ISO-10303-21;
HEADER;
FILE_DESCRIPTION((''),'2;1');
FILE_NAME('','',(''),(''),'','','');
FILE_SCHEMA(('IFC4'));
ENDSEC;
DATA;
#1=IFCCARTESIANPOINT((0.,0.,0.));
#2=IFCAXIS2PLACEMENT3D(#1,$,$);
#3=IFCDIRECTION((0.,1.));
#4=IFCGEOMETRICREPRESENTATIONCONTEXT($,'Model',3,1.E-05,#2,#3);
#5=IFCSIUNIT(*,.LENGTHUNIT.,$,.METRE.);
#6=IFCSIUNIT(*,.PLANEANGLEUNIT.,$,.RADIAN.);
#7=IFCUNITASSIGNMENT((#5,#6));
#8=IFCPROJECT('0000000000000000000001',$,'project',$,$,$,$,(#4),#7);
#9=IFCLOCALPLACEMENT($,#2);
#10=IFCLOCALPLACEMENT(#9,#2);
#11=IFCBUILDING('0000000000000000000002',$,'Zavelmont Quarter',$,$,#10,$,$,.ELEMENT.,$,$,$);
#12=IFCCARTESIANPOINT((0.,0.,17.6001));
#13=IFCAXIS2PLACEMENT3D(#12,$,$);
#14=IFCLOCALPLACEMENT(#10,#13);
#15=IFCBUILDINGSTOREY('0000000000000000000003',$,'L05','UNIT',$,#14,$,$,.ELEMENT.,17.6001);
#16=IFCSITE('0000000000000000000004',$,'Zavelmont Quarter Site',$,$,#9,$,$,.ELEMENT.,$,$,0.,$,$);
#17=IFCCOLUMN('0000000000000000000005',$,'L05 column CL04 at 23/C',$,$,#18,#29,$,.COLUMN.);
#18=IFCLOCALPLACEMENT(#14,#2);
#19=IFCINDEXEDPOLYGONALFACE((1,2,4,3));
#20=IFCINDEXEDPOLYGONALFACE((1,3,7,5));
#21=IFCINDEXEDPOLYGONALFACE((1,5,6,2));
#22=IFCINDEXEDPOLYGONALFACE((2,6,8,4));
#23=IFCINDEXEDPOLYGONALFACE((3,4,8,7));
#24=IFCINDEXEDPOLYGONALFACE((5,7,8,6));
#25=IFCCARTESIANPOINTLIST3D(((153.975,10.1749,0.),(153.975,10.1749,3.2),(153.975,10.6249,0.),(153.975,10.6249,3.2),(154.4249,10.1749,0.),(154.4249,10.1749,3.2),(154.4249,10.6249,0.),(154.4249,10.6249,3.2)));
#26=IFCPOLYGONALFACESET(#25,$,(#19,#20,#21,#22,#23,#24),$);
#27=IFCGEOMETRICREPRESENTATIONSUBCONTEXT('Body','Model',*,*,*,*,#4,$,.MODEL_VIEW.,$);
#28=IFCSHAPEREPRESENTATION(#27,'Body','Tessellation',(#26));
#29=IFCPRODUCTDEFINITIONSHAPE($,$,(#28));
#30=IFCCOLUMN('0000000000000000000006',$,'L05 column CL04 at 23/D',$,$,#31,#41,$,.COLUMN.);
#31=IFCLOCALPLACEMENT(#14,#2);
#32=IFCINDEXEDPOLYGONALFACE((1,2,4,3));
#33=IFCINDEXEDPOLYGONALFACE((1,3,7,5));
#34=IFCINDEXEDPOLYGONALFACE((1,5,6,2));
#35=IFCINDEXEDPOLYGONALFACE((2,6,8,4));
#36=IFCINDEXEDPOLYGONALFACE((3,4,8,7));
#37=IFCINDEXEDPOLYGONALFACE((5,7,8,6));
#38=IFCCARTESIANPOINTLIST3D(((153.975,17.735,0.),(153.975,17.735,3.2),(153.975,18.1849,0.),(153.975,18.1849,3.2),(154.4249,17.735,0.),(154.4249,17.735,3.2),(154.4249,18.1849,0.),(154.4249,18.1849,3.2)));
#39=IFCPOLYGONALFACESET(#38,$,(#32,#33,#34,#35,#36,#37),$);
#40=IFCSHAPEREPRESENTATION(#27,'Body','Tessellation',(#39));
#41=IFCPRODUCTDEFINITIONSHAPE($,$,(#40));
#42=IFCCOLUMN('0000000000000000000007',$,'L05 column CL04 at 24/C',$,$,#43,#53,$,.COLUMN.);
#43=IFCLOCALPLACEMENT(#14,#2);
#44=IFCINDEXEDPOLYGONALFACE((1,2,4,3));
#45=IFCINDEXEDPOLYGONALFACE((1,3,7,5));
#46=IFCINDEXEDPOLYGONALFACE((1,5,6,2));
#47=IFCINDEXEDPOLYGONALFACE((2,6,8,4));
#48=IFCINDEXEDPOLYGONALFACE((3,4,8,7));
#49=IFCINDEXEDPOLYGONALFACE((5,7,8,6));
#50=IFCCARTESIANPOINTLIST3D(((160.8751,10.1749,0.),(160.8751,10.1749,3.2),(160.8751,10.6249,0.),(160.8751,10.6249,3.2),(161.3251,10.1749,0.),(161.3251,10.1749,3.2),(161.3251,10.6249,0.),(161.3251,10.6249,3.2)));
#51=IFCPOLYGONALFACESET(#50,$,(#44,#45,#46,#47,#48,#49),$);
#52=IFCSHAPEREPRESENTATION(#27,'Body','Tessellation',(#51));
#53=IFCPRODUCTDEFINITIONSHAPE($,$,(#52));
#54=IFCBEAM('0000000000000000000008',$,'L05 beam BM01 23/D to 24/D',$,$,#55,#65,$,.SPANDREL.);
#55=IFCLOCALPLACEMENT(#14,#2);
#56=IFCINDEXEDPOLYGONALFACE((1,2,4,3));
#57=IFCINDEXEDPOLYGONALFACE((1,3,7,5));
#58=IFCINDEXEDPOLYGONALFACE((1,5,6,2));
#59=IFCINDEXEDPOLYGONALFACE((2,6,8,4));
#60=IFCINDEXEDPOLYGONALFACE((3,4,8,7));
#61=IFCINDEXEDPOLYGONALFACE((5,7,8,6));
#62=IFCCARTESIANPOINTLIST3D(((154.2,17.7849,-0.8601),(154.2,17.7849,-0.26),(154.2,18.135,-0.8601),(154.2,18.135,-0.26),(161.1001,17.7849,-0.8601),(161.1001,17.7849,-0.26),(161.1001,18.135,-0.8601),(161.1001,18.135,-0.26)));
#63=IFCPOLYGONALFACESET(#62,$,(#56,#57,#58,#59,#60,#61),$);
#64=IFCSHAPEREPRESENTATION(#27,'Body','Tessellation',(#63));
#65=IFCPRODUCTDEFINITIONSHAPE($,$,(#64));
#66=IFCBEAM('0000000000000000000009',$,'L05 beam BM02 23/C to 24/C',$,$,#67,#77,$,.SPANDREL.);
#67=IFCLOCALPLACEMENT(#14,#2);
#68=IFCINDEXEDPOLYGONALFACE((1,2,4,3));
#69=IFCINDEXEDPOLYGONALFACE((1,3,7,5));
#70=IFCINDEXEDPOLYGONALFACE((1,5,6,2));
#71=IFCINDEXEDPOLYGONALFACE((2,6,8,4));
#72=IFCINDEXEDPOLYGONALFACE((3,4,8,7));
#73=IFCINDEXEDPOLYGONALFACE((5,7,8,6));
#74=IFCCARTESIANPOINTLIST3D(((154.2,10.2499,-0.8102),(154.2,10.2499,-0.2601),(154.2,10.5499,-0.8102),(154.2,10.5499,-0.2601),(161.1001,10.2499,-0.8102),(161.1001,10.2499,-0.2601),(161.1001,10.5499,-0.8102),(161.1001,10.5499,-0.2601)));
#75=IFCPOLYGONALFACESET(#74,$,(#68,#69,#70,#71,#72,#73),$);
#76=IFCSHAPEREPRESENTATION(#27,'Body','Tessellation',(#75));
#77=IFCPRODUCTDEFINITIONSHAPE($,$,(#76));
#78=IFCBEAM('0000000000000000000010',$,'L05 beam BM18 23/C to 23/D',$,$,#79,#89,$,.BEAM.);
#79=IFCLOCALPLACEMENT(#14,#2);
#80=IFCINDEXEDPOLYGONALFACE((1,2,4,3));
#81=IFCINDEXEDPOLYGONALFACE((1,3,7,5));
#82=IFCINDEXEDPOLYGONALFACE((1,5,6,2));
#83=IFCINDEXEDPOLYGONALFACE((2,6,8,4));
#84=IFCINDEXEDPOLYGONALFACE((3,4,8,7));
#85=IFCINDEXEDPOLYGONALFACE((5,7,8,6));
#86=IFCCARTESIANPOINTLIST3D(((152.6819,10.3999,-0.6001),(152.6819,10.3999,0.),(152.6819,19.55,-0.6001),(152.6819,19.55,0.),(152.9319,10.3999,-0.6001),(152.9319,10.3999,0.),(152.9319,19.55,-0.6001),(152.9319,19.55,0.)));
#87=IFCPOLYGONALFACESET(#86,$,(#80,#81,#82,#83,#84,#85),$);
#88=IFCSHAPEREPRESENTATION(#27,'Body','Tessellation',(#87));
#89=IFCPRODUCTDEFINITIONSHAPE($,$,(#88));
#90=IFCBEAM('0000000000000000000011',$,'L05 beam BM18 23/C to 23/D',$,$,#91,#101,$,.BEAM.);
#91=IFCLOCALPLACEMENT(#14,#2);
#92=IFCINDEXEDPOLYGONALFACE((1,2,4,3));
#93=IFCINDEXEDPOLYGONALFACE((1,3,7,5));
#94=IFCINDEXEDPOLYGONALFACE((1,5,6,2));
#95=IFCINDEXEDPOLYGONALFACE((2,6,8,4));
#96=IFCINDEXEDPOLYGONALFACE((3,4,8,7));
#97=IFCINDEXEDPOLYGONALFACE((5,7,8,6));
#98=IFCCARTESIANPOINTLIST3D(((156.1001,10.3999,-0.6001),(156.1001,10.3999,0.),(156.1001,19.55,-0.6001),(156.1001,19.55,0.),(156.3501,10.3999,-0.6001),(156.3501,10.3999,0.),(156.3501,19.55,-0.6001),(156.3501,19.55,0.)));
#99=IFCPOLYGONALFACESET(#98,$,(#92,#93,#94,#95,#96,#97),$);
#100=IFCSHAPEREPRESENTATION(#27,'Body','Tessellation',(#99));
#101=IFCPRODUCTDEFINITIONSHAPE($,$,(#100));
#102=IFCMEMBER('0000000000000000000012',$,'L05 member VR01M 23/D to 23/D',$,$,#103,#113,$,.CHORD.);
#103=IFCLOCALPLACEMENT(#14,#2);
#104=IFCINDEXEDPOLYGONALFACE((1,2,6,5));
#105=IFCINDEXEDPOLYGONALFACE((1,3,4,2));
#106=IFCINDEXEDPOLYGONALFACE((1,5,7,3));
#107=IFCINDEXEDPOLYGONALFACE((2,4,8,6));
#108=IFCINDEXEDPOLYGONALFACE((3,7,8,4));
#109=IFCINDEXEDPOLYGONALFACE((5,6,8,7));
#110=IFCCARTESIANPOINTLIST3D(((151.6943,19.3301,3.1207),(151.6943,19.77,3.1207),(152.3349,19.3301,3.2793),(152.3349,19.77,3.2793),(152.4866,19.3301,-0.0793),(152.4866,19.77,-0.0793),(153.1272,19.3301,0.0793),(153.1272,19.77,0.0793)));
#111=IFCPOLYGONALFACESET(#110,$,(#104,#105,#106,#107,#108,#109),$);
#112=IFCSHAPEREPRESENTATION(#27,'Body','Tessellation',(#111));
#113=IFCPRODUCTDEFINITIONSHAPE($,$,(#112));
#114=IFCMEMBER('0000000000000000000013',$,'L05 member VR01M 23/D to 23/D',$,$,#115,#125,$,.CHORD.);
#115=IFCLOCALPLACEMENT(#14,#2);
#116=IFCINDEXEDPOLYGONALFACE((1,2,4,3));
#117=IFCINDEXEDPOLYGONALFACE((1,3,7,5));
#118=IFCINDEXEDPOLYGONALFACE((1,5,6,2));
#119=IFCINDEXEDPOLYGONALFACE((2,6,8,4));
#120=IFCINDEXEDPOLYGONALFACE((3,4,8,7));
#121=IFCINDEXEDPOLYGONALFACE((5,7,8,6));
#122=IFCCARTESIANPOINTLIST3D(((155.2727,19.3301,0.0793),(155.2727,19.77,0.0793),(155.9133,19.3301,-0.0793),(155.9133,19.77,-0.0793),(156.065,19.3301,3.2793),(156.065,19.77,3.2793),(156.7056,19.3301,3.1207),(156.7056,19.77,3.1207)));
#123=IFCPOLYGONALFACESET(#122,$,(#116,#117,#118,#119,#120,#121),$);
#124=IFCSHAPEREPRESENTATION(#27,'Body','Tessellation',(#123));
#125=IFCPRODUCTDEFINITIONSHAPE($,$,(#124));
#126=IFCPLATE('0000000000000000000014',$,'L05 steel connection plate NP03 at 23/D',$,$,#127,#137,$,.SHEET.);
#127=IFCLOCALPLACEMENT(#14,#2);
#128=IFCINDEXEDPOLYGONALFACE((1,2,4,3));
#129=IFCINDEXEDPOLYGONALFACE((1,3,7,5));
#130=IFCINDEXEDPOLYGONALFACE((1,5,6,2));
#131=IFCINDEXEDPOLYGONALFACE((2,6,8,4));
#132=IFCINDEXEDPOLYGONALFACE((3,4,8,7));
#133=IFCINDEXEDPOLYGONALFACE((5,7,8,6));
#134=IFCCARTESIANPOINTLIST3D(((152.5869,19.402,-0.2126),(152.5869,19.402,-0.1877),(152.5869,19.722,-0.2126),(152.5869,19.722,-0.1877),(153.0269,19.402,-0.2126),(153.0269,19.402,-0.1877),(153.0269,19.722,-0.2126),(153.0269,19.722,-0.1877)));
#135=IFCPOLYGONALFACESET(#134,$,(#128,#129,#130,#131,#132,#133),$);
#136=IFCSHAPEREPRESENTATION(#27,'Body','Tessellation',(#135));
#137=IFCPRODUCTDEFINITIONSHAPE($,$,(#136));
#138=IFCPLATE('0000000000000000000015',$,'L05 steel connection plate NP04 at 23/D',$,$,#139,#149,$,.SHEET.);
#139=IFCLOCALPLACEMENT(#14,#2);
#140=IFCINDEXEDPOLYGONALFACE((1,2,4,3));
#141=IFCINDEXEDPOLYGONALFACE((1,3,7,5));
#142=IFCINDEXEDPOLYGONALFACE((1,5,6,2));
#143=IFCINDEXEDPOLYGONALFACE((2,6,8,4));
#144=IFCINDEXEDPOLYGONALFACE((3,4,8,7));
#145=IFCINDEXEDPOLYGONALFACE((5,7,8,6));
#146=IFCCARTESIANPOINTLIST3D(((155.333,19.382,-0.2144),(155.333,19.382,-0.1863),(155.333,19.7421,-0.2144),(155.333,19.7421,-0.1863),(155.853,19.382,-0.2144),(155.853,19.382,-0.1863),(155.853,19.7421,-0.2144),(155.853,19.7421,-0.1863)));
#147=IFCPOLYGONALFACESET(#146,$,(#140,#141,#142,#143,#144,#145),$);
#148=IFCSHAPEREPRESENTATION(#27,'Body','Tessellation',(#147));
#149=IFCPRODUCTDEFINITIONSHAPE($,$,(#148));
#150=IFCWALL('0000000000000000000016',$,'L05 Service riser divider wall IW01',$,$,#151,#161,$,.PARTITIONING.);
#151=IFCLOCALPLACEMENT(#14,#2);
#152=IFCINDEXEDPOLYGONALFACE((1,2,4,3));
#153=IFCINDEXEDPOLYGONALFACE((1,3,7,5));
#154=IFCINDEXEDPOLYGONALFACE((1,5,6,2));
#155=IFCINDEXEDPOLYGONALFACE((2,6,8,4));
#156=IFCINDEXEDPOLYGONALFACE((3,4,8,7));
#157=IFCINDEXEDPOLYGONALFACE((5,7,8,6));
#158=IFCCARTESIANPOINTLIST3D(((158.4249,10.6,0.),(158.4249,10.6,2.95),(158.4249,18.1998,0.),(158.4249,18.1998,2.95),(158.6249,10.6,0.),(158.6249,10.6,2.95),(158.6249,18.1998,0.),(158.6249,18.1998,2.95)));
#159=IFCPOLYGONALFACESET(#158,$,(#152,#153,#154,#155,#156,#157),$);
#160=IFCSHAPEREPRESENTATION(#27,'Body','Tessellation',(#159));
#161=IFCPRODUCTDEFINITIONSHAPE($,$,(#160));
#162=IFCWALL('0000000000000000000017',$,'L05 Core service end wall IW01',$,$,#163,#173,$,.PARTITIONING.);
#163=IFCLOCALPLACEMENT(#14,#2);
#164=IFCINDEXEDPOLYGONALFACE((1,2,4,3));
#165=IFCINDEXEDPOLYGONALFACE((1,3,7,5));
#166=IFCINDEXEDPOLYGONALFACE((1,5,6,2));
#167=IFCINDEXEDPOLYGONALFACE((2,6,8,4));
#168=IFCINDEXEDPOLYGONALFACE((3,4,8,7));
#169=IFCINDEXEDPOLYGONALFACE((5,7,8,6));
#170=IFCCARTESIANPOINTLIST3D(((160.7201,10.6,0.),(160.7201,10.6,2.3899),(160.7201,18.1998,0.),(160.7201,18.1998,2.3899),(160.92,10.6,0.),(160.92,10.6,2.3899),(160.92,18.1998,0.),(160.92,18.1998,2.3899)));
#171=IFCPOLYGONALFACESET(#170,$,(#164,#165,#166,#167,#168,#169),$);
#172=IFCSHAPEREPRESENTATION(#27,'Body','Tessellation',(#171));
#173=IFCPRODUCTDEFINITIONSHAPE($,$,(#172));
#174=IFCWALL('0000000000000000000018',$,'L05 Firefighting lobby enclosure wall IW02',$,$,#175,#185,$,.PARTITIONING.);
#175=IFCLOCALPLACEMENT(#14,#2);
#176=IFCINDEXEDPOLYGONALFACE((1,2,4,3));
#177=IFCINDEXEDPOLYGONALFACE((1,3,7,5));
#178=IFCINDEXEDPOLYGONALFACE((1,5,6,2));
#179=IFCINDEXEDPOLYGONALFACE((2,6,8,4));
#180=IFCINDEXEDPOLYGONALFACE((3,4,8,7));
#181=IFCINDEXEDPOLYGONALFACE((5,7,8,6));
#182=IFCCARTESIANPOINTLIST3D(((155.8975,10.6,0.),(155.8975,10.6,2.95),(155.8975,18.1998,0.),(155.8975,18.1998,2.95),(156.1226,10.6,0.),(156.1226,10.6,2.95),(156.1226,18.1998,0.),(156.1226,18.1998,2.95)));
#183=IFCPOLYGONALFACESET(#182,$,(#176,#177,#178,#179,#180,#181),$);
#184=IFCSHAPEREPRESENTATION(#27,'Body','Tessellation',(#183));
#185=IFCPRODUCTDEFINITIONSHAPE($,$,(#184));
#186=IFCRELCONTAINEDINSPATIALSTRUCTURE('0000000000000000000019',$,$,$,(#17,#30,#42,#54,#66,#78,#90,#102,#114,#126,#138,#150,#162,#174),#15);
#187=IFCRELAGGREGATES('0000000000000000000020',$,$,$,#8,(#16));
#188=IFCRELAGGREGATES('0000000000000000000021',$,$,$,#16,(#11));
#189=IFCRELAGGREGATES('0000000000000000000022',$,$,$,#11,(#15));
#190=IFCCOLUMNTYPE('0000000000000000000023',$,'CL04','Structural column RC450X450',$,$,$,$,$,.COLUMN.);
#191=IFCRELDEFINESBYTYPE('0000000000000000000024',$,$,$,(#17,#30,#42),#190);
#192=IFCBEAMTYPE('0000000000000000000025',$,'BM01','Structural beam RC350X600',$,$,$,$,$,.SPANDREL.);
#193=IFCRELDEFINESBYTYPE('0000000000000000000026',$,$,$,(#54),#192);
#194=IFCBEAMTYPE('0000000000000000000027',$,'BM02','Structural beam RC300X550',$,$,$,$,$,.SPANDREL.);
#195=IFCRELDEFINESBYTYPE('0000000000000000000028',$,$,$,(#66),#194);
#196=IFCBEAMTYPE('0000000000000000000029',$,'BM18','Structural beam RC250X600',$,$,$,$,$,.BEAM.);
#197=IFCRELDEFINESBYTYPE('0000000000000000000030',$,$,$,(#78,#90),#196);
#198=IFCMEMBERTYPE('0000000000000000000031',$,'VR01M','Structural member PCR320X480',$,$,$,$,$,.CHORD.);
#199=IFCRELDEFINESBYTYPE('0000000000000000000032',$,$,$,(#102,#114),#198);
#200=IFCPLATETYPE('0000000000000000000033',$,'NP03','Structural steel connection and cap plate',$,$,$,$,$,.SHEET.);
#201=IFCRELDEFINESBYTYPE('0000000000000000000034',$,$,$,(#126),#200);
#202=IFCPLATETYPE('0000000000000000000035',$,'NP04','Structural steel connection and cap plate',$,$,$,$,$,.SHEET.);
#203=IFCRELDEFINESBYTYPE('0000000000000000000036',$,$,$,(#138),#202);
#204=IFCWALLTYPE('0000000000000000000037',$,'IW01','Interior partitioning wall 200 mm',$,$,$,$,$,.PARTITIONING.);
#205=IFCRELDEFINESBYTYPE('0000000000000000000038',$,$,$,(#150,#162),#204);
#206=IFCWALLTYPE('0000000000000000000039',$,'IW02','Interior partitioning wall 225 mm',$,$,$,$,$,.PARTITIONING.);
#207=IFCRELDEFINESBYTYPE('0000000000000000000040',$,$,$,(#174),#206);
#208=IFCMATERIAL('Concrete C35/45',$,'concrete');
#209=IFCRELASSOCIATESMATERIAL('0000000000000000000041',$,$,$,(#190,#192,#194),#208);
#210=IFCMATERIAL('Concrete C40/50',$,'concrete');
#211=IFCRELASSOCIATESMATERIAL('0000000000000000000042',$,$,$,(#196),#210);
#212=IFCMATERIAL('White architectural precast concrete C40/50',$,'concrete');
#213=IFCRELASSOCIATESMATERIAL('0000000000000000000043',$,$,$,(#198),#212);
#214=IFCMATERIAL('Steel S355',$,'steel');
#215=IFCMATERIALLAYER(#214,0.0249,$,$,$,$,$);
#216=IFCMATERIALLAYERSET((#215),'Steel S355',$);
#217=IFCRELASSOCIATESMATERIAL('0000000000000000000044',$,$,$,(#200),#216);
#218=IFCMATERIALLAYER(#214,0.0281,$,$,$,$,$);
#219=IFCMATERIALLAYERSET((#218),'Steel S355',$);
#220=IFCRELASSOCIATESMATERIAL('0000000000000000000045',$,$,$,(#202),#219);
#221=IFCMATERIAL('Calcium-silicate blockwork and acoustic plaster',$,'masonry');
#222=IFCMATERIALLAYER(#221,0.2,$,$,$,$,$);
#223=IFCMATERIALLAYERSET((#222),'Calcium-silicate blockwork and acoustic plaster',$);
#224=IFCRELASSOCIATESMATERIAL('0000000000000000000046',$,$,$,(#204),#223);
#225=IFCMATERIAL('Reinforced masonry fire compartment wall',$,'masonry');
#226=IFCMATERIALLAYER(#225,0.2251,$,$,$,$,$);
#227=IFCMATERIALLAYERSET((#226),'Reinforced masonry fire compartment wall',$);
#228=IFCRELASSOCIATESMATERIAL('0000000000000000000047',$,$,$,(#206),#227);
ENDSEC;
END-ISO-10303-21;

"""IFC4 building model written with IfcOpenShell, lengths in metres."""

from ifc_helpers import new_model, si_unit, direction, frame, frame_2d, origin, origin_2d, place, context, subcontext, project, spatial, rectangle, extrude, material, layer, layer_set, material_profile, profile_set, type_object, element, save


model = new_model("IFC4")

# Units and contexts
model_context = context("Model", 3, precision=1e-05, world=origin(), true_north=direction((0.0, 1.0)))
body_context = subcontext(model_context, "Body", "Model", "MODEL_VIEW")
ifc_project = project(units=[si_unit("LENGTHUNIT", "METRE"), si_unit("PLANEANGLEUNIT", "RADIAN")], contexts=[model_context])

# Site, building, storey
site_placement = place(None, origin())
site = spatial("IfcSite", under=ifc_project, at=site_placement, Name="Zavelmont Quarter Site", CompositionType="ELEMENT", RefElevation=0.0)
building_placement = place(site_placement, origin())
building = spatial("IfcBuilding", under=site, at=building_placement, Name="Zavelmont Quarter", CompositionType="ELEMENT")
storey_placement = place(building_placement, frame((0.0, 0.0, 17.6001)))
storey = spatial("IfcBuildingStorey", under=building, at=storey_placement, Name="L05", Description="UNIT", CompositionType="ELEMENT", Elevation=17.6001)

# Columns
ifc_material_1 = material(Name="Concrete C35/45", Category="concrete")
ifc_material_profile_1 = material_profile(ifc_material_1, rectangle(XDim=0.45, YDim=0.45, at=origin_2d()), Name="RC450X450")
ifc_profile_set_1 = profile_set([ifc_material_profile_1], Name="Concrete C35/45")
column_type = type_object("IfcColumnType", Name="CL04", Description="Structural column RC450X450", PredefinedType="COLUMN", material=ifc_profile_set_1)
for number, where, z_axis, x_axis, name in (
    (1, (154.2, 10.3999, 0.0), (0.0, 0.0, 1.0), (1.0, 0.0, 0.0), "L05 column CL04 at 23/C"),
    (2, (154.2, 17.96, 0.0), (0.0, 0.0, 1.0), (1.0, 0.0, 0.0), "L05 column CL04 at 23/D"),
    (3, (161.1001, 10.3999, 0.0), (0.0, 0.0, 1.0), (1.0, 0.0, 0.0), "L05 column CL04 at 24/C"),
):
    element("IfcColumn", number, at=place(storey_placement, frame(where, z_axis=z_axis, x_axis=x_axis)), inside=storey, type_object=column_type, Name=name, PredefinedType="COLUMN", context=body_context, shape_type="SweptSolid", body=[
        extrude(rectangle(XDim=0.45, YDim=0.45, at=origin_2d()), origin(), (0.0, 0.0, 1.0), 3.2),
    ])

# Beams
ifc_material_profile_2 = material_profile(ifc_material_1, rectangle(XDim=0.3501, YDim=0.6001, at=origin_2d()), Name="RC350X600")
ifc_profile_set_2 = profile_set([ifc_material_profile_2], Name="Concrete C35/45")
beam_type_1 = type_object("IfcBeamType", Name="BM01", Description="Structural beam RC350X600", PredefinedType="SPANDREL", material=ifc_profile_set_2)
beam_1_placement = place(storey_placement, frame((154.2, 17.96, -0.5601), z_axis=(1.0, 0.0, 0.0), x_axis=(0.0, 1.0, 0.0)))
element("IfcBeam", 4, at=beam_1_placement, inside=storey, type_object=beam_type_1, Name="L05 beam BM01 23/D to 24/D", PredefinedType="SPANDREL", context=body_context, shape_type="SweptSolid", body=[
    extrude(rectangle(XDim=0.3501, YDim=0.6001, at=origin_2d()), origin(), (0.0, 0.0, 1.0), 6.9001),
])
ifc_material_profile_3 = material_profile(ifc_material_1, rectangle(XDim=0.3, YDim=0.55, at=origin_2d()), Name="RC300X550")
ifc_profile_set_3 = profile_set([ifc_material_profile_3], Name="Concrete C35/45")
beam_type_2 = type_object("IfcBeamType", Name="BM02", Description="Structural beam RC300X550", PredefinedType="SPANDREL", material=ifc_profile_set_3)
beam_2_placement = place(storey_placement, frame((154.2, 10.3999, -0.5352), z_axis=(1.0, 0.0, 0.0), x_axis=(0.0, 1.0, 0.0)))
element("IfcBeam", 5, at=beam_2_placement, inside=storey, type_object=beam_type_2, Name="L05 beam BM02 23/C to 24/C", PredefinedType="SPANDREL", context=body_context, shape_type="SweptSolid", body=[
    extrude(rectangle(XDim=0.3, YDim=0.55, at=origin_2d()), origin(), (0.0, 0.0, 1.0), 6.9001),
])
ifc_material_2 = material(Name="Concrete C40/50", Category="concrete")
ifc_material_profile_4 = material_profile(ifc_material_2, rectangle(XDim=0.25, YDim=0.6001, at=origin_2d()), Name="RC250X600")
ifc_profile_set_4 = profile_set([ifc_material_profile_4], Name="Concrete C40/50")
beam_type_3 = type_object("IfcBeamType", Name="BM18", Description="Structural beam RC250X600", PredefinedType="BEAM", material=ifc_profile_set_4)
for number, where, z_axis, x_axis, name in (
    (6, (152.8069, 10.3999, -0.3), (0.0, 1.0, 0.0), (-1.0, 0.0, 0.0), "L05 beam BM18 23/C to 23/D"),
    (7, (156.2251, 10.3999, -0.3), (0.0, 1.0, 0.0), (-1.0, 0.0, 0.0), "L05 beam BM18 23/C to 23/D"),
):
    element("IfcBeam", number, at=place(storey_placement, frame(where, z_axis=z_axis, x_axis=x_axis)), inside=storey, type_object=beam_type_3, Name=name, PredefinedType="BEAM", context=body_context, shape_type="SweptSolid", body=[
        extrude(rectangle(XDim=0.25, YDim=0.6001, at=origin_2d()), origin(), (0.0, 0.0, 1.0), 9.1501),
    ])

# Members
ifc_material_3 = material(Name="White architectural precast concrete C40/50", Category="concrete")
ifc_material_profile_5 = material_profile(ifc_material_3, rectangle(XDim=0.4399, YDim=0.6599, at=origin_2d()), Name="PCR320X480")
ifc_profile_set_5 = profile_set([ifc_material_profile_5], Name="White architectural precast concrete C40/50")
member_type = type_object("IfcMemberType", Name="VR01M", Description="Structural member PCR320X480", PredefinedType="CHORD", material=ifc_profile_set_5)
for number, where, z_axis, x_axis, name in (
    (8, (152.8069, 19.55, 0.0), (-0.240322, 0.0, 0.970693), (0.0, -1.0, 0.0), "L05 member VR01M 23/D to 23/D"),
    (9, (155.593, 19.55, 0.0), (0.240322, 0.0, 0.970693), (0.0, 1.0, 0.0), "L05 member VR01M 23/D to 23/D"),
):
    element("IfcMember", number, at=place(storey_placement, frame(where, z_axis=z_axis, x_axis=x_axis)), inside=storey, type_object=member_type, Name=name, PredefinedType="CHORD", context=body_context, shape_type="SweptSolid", body=[
        extrude(rectangle(XDim=0.4399, YDim=0.6599, at=origin_2d()), origin(), (0.0, 0.0, 1.0), 3.2966),
    ])

# Plates
ifc_material_4 = material(Name="Steel S355", Category="steel")
ifc_layer_1 = layer(ifc_material_4, 0.0249)
ifc_layer_set_1 = layer_set([ifc_layer_1], Name="Steel S355")
plate_type_1 = type_object("IfcPlateType", Name="NP03", Description="Structural steel connection and cap plate", PredefinedType="SHEET", material=ifc_layer_set_1)
plate_1_placement = place(storey_placement, frame((152.8069, 19.562, -0.2126), z_axis=(0.0, 0.0, 1.0), x_axis=(1.0, 0.0, 0.0)))
element("IfcPlate", 10, at=plate_1_placement, inside=storey, type_object=plate_type_1, Name="L05 steel connection plate NP03 at 23/D", PredefinedType="SHEET", context=body_context, shape_type="SweptSolid", body=[
    extrude(rectangle(XDim=0.4399, YDim=0.3201, at=origin_2d()), origin(), (0.0, 0.0, 1.0), 0.0249),
])
ifc_layer_2 = layer(ifc_material_4, 0.0281)
ifc_layer_set_2 = layer_set([ifc_layer_2], Name="Steel S355")
plate_type_2 = type_object("IfcPlateType", Name="NP04", Description="Structural steel connection and cap plate", PredefinedType="SHEET", material=ifc_layer_set_2)
plate_2_placement = place(storey_placement, frame((155.593, 19.562, -0.2144), z_axis=(0.0, 0.0, 1.0), x_axis=(1.0, 0.0, 0.0)))
element("IfcPlate", 11, at=plate_2_placement, inside=storey, type_object=plate_type_2, Name="L05 steel connection plate NP04 at 23/D", PredefinedType="SHEET", context=body_context, shape_type="SweptSolid", body=[
    extrude(rectangle(XDim=0.52, YDim=0.3601, at=origin_2d()), origin(), (0.0, 0.0, 1.0), 0.0281),
])

# Walls
ifc_material_5 = material(Name="Calcium-silicate blockwork and acoustic plaster", Category="masonry")
ifc_layer_3 = layer(ifc_material_5, 0.2)
ifc_layer_set_3 = layer_set([ifc_layer_3], Name="Calcium-silicate blockwork and acoustic plaster")
wall_type_1 = type_object("IfcWallType", Name="IW01", Description="Interior partitioning wall 200 mm", PredefinedType="PARTITIONING", material=ifc_layer_set_3)
wall_1_placement = place(storey_placement, frame((158.5249, 10.6001, 0.0), z_axis=(0.0, 0.0, 1.0), x_axis=(0.0, 1.0, 0.0)))
element("IfcWall", 12, at=wall_1_placement, inside=storey, type_object=wall_type_1, Name="L05 Service riser divider wall IW01", PredefinedType="PARTITIONING", context=body_context, shape_type="SweptSolid", body=[
    extrude(rectangle(XDim=7.5999, YDim=0.2, at=frame_2d((3.7998, 0.0))), origin(), (0.0, 0.0, 1.0), 2.95),
])
wall_2_placement = place(storey_placement, frame((160.8201, 10.6001, 0.0), z_axis=(0.0, 0.0, 1.0), x_axis=(0.0, 1.0, 0.0)))
element("IfcWall", 13, at=wall_2_placement, inside=storey, type_object=wall_type_1, Name="L05 Core service end wall IW01", PredefinedType="PARTITIONING", context=body_context, shape_type="SweptSolid", body=[
    extrude(rectangle(XDim=7.5999, YDim=0.2, at=frame_2d((3.7998, 0.0))), origin(), (0.0, 0.0, 1.0), 2.3899),
])
ifc_material_6 = material(Name="Reinforced masonry fire compartment wall", Category="masonry")
ifc_layer_4 = layer(ifc_material_6, 0.2251)
ifc_layer_set_4 = layer_set([ifc_layer_4], Name="Reinforced masonry fire compartment wall")
wall_type_2 = type_object("IfcWallType", Name="IW02", Description="Interior partitioning wall 225 mm", PredefinedType="PARTITIONING", material=ifc_layer_set_4)
wall_3_placement = place(storey_placement, frame((156.01, 10.6001, 0.0), z_axis=(0.0, 0.0, 1.0), x_axis=(0.0, 1.0, 0.0)))
element("IfcWall", 14, at=wall_3_placement, inside=storey, type_object=wall_type_2, Name="L05 Firefighting lobby enclosure wall IW02", PredefinedType="PARTITIONING", context=body_context, shape_type="SweptSolid", body=[
    extrude(rectangle(XDim=7.5999, YDim=0.2251, at=frame_2d((3.7998, 0.0))), origin(), (0.0, 0.0, 1.0), 2.95),
])

save(model, "model.ifc")
